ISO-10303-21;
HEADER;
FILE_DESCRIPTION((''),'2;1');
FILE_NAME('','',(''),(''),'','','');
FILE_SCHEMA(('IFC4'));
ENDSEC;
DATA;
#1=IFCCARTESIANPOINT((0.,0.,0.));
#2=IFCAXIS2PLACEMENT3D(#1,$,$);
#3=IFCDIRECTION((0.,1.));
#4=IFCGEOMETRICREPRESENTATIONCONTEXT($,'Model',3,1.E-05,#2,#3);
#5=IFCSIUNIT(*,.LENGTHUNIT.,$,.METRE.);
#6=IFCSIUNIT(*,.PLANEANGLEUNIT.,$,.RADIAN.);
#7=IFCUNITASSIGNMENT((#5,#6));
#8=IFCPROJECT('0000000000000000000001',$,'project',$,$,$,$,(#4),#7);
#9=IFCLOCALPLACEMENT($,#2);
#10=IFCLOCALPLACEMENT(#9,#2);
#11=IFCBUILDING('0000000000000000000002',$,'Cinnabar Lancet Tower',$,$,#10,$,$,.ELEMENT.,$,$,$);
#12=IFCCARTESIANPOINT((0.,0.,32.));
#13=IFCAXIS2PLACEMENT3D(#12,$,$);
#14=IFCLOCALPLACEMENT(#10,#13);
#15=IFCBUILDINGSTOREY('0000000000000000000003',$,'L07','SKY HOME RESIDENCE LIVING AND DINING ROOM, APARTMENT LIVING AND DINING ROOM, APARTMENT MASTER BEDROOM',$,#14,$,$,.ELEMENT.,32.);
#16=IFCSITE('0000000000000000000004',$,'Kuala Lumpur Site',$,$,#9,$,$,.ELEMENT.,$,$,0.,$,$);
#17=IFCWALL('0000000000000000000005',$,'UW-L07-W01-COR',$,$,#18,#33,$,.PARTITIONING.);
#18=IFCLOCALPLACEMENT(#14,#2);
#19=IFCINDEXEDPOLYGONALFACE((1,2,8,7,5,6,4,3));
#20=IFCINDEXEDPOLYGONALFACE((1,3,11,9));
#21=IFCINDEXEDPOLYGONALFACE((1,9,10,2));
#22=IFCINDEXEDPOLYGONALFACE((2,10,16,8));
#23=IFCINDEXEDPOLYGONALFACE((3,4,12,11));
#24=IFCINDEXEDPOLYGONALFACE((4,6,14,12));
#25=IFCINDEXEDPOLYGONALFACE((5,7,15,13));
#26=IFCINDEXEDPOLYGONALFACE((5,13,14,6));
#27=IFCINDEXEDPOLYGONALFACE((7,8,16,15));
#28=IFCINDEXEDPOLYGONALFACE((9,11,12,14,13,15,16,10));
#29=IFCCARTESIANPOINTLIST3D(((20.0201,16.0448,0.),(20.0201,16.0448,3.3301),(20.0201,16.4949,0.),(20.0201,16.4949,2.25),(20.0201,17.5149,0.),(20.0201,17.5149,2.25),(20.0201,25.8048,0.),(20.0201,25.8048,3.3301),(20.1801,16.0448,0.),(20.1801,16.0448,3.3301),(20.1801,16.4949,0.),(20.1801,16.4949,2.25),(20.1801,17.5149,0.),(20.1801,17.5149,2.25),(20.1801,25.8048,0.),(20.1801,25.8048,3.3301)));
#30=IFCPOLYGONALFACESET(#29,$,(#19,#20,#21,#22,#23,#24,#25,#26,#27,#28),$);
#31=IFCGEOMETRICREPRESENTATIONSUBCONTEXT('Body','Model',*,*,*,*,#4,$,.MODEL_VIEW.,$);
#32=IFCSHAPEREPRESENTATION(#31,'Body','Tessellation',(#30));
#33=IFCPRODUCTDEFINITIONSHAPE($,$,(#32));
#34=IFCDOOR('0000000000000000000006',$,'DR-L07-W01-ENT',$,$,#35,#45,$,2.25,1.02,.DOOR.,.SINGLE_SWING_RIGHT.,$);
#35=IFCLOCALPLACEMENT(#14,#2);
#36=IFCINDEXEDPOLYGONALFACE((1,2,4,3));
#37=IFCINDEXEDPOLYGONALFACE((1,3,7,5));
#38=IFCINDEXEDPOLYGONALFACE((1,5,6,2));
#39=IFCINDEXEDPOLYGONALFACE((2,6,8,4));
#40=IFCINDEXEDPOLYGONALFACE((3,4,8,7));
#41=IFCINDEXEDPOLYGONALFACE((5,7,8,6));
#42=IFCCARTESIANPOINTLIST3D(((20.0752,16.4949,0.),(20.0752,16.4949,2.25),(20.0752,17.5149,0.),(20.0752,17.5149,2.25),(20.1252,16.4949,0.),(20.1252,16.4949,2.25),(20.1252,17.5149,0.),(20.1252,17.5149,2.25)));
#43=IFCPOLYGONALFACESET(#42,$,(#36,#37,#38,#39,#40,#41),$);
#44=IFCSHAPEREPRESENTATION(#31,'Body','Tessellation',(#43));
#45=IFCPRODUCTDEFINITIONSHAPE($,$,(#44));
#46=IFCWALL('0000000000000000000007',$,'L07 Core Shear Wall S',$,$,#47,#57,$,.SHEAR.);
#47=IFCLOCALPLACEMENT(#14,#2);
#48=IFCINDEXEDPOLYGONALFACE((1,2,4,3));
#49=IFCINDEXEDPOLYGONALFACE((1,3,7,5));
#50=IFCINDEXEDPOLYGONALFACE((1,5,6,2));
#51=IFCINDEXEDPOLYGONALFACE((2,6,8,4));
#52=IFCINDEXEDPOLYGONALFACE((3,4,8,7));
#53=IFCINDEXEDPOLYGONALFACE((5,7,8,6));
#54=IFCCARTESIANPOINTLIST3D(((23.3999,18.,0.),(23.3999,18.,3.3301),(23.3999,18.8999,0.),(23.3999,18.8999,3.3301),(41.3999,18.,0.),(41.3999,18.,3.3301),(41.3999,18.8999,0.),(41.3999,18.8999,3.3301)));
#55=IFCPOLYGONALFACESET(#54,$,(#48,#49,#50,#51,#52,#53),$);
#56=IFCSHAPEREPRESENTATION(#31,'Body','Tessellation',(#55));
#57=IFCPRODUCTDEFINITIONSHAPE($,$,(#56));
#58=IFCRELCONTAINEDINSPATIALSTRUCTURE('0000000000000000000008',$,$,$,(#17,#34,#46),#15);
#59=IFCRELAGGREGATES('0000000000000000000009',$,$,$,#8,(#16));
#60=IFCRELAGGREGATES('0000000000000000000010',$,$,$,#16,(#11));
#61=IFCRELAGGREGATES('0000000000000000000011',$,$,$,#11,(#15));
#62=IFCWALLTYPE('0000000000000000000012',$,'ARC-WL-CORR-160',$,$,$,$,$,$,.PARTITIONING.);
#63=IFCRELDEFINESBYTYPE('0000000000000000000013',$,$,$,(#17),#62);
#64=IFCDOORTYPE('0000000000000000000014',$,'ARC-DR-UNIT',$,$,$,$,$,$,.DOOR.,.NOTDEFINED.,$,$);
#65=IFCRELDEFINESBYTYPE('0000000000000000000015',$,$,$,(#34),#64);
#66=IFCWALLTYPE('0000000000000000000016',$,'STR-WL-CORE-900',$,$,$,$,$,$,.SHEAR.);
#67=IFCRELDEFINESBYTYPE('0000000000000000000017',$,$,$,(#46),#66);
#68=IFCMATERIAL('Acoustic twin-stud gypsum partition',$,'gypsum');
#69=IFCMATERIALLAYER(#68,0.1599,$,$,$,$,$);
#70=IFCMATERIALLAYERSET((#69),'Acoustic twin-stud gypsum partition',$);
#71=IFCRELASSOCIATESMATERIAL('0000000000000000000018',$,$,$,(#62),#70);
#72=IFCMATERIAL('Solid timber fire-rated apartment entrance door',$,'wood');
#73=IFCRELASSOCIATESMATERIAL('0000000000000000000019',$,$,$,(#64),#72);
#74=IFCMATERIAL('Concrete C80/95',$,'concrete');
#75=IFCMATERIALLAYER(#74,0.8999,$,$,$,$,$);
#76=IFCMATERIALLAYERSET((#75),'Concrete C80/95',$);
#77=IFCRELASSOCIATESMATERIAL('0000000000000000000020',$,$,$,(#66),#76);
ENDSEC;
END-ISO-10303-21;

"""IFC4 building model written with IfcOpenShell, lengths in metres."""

from ifc_helpers import new_model, si_unit, direction, frame, frame_2d, origin, place, context, subcontext, project, spatial, rectangle, extrude, material, layer, layer_set, type_object, element, fill, save


model = new_model("IFC4")

# Units and contexts
model_context = context("Model", 3, precision=1e-05, world=origin(), true_north=direction((0.0, 1.0)))
body_context = subcontext(model_context, "Body", "Model", "MODEL_VIEW")
ifc_project = project(units=[si_unit("LENGTHUNIT", "METRE"), si_unit("PLANEANGLEUNIT", "RADIAN")], contexts=[model_context])

# Site, building, storey
site_placement = place(None, origin())
site = spatial("IfcSite", under=ifc_project, at=site_placement, Name="Kuala Lumpur Site", CompositionType="ELEMENT", RefElevation=0.0)
building_placement = place(site_placement, origin())
building = spatial("IfcBuilding", under=site, at=building_placement, Name="Cinnabar Lancet Tower", CompositionType="ELEMENT")
storey_placement = place(building_placement, frame((0.0, 0.0, 32.0)))
storey = spatial("IfcBuildingStorey", under=building, at=storey_placement, Name="L07", Description="SKY HOME RESIDENCE LIVING AND DINING ROOM, APARTMENT LIVING AND DINING ROOM, APARTMENT MASTER BEDROOM", CompositionType="ELEMENT", Elevation=32.0)

# Wall, opening, door
ifc_material_1 = material(Name="Acoustic twin-stud gypsum partition", Category="gypsum")
ifc_layer_1 = layer(ifc_material_1, 0.1599)
ifc_layer_set_1 = layer_set([ifc_layer_1], Name="Acoustic twin-stud gypsum partition")
wall_type_1 = type_object("IfcWallType", Name="ARC-WL-CORR-160", PredefinedType="PARTITIONING", material=ifc_layer_set_1)
ifc_material_2 = material(Name="Solid timber fire-rated apartment entrance door", Category="wood")
door_type_1 = type_object("IfcDoorType", Name="ARC-DR-UNIT", OperationType="NOTDEFINED", PredefinedType="DOOR", material=ifc_material_2)
wall_1_placement = place(storey_placement, frame((20.1001, 16.0449, 0.0), z_axis=(0.0, 0.0, 1.0), x_axis=(0.0, 1.0, 0.0)))
wall_1 = element("IfcWall", 1, at=wall_1_placement, inside=storey, type_object=wall_type_1, Name="UW-L07-W01-COR", PredefinedType="PARTITIONING", context=body_context, shape_type="SweptSolid", body=[
    extrude(rectangle(XDim=9.76, YDim=0.1599, at=frame_2d((4.8799, 0.0))), origin(), (0.0, 0.0, 1.0), 3.3301),
])
opening_1_placement = place(wall_1_placement, frame((0.45, 0.0, 0.0)))
opening_1 = element("IfcOpeningElement", 2, at=opening_1_placement, cuts=wall_1, PredefinedType="OPENING", context=body_context, shape_type="SweptSolid", body=[
    extrude(rectangle(XDim=1.02, YDim=2.25, at=frame_2d((0.51, 1.125))), frame((0.0, 0.0898, 0.0), z_axis=(0.0, -1.0, 0.0), x_axis=(1.0, 0.0, 0.0)), (0.0, 0.0, 1.0), 0.1799),
])
door_1_placement = place(opening_1_placement, origin())
door_1 = element("IfcDoor", 3, at=door_1_placement, inside=storey, type_object=door_type_1, Name="DR-L07-W01-ENT", OperationType="SINGLE_SWING_RIGHT", OverallHeight=2.25, OverallWidth=1.02, PredefinedType="DOOR", context=body_context, shape_type="SweptSolid", body=[
    extrude(rectangle(XDim=1.02, YDim=2.25, at=frame_2d((0.51, 1.125))), frame((0.0, 0.0249, 0.0), z_axis=(0.0, -1.0, 0.0), x_axis=(1.0, 0.0, 0.0)), (0.0, 0.0, 1.0), 0.05),
])
fill(opening_1, door_1)

# Wall
ifc_material_3 = material(Name="Concrete C80/95", Category="concrete")
ifc_layer_2 = layer(ifc_material_3, 0.8999)
ifc_layer_set_2 = layer_set([ifc_layer_2], Name="Concrete C80/95")
wall_type_2 = type_object("IfcWallType", Name="STR-WL-CORE-900", PredefinedType="SHEAR", material=ifc_layer_set_2)
wall_2_placement = place(storey_placement, frame((23.3999, 18.45, 0.0), z_axis=(0.0, 0.0, 1.0), x_axis=(1.0, 0.0, 0.0)))
element("IfcWall", 4, at=wall_2_placement, inside=storey, type_object=wall_type_2, Name="L07 Core Shear Wall S", PredefinedType="SHEAR", context=body_context, shape_type="SweptSolid", body=[
    extrude(rectangle(XDim=18.0, YDim=0.8999, at=frame_2d((9.0, 0.0))), origin(), (0.0, 0.0, 1.0), 3.3301),
])

save(model, "model.ifc")
